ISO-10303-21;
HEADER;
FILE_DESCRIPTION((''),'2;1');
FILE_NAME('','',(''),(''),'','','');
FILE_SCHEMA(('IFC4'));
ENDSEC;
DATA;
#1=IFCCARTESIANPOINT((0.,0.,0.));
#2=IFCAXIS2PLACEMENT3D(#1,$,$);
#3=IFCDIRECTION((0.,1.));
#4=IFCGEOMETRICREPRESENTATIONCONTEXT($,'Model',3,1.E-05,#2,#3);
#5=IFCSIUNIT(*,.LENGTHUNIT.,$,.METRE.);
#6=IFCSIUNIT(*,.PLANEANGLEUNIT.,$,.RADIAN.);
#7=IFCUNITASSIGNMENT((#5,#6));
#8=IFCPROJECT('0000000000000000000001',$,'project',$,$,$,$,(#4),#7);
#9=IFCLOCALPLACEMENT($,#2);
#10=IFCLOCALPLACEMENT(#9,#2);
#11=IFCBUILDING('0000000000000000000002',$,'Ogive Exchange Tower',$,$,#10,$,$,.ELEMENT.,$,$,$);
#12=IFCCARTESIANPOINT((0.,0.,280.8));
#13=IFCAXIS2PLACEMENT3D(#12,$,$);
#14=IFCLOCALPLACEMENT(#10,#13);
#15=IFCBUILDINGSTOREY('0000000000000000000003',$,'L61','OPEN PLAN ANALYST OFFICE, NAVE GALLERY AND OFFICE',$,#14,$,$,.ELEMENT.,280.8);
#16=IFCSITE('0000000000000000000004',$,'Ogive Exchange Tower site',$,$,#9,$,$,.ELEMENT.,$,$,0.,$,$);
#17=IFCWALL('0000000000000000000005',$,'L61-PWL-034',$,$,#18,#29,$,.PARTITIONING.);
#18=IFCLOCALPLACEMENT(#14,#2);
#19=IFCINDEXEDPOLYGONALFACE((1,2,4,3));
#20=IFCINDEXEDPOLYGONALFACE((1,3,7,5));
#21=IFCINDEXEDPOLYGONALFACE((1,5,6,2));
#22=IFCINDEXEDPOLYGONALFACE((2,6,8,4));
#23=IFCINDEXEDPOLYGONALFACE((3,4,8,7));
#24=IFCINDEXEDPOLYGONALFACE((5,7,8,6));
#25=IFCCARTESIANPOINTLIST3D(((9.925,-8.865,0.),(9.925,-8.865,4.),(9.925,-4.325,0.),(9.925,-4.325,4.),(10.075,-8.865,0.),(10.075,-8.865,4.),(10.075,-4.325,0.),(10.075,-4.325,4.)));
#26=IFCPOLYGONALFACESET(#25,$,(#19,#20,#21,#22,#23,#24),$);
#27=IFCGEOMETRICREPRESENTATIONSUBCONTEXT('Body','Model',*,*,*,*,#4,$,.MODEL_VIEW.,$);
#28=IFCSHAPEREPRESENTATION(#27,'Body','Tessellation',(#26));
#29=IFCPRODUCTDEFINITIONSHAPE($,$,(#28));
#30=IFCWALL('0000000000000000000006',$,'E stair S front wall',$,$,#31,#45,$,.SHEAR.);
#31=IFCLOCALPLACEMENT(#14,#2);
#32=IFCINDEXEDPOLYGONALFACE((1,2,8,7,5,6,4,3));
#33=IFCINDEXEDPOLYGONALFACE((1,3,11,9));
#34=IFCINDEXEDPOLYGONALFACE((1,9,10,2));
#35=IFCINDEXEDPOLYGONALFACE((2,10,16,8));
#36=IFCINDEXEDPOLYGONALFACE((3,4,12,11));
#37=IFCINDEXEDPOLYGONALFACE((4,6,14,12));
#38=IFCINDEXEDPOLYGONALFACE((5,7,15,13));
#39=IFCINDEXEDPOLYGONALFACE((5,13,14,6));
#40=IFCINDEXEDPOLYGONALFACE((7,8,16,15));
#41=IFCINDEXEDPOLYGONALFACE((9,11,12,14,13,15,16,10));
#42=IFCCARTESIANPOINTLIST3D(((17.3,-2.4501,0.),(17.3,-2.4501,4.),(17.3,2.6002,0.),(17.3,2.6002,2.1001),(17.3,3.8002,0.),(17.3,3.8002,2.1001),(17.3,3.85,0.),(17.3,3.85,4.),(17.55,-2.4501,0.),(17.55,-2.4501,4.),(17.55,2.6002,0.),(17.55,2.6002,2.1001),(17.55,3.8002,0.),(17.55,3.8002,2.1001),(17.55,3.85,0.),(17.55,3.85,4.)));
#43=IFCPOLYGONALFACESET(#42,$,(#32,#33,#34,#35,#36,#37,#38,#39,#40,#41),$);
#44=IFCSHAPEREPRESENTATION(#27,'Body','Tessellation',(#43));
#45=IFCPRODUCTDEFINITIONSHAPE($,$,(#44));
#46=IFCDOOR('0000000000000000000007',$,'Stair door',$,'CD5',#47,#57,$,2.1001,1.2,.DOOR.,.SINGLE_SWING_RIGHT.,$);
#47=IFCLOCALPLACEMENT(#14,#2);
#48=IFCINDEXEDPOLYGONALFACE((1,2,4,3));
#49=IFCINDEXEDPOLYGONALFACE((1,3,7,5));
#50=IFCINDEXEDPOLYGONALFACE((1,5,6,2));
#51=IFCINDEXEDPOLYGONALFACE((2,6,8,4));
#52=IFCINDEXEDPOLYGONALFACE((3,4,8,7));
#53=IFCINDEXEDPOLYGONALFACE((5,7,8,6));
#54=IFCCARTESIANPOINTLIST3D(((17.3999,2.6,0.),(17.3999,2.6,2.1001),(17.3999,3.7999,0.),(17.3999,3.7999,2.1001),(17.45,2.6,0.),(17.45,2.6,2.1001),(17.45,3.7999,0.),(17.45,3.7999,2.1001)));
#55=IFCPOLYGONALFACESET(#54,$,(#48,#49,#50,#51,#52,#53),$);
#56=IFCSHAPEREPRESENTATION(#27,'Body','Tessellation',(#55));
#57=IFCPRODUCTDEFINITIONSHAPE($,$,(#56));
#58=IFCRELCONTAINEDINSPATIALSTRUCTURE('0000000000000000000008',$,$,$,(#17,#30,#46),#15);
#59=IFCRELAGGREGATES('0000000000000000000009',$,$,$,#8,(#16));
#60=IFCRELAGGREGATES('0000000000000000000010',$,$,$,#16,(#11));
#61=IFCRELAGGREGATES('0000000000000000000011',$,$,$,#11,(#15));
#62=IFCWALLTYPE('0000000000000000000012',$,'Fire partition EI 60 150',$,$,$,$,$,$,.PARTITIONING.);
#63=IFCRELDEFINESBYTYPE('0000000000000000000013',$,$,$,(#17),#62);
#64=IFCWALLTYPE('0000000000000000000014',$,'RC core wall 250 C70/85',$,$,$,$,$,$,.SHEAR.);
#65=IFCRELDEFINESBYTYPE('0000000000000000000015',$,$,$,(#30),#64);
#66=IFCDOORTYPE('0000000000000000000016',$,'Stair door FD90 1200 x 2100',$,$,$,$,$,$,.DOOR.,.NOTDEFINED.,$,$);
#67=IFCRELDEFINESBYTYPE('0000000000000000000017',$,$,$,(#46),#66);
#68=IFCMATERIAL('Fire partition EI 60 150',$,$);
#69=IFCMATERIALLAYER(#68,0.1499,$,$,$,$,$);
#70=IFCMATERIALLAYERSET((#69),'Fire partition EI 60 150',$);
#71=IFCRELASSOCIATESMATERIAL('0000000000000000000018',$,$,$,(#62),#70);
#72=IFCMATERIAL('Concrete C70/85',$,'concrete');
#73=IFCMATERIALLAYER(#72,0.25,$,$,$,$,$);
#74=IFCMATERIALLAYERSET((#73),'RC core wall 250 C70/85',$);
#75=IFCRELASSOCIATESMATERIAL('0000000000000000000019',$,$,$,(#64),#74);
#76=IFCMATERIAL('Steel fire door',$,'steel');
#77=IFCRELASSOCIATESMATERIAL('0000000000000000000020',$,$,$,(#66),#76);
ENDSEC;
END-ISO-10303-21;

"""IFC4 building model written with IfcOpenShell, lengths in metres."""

from ifc_helpers import new_model, si_unit, direction, frame, frame_2d, origin, place, context, subcontext, project, spatial, rectangle, extrude, material, layer, layer_set, type_object, element, fill, save


model = new_model("IFC4")

# Units and contexts
model_context = context("Model", 3, precision=1e-05, world=origin(), true_north=direction((0.0, 1.0)))
body_context = subcontext(model_context, "Body", "Model", "MODEL_VIEW")
ifc_project = project(units=[si_unit("LENGTHUNIT", "METRE"), si_unit("PLANEANGLEUNIT", "RADIAN")], contexts=[model_context])

# Site, building, storey
site_placement = place(None, origin())
site = spatial("IfcSite", under=ifc_project, at=site_placement, Name="Ogive Exchange Tower site", CompositionType="ELEMENT", RefElevation=0.0)
building_placement = place(site_placement, origin())
building = spatial("IfcBuilding", under=site, at=building_placement, Name="Ogive Exchange Tower", CompositionType="ELEMENT")
storey_placement = place(building_placement, frame((0.0, 0.0, 280.8)))
storey = spatial("IfcBuildingStorey", under=building, at=storey_placement, Name="L61", Description="OPEN PLAN ANALYST OFFICE, NAVE GALLERY AND OFFICE", CompositionType="ELEMENT", Elevation=280.8)

# Wall
ifc_material_1 = material(Name="Fire partition EI 60 150")
ifc_layer_1 = layer(ifc_material_1, 0.1499)
ifc_layer_set_1 = layer_set([ifc_layer_1], Name="Fire partition EI 60 150")
wall_type_1 = type_object("IfcWallType", Name="Fire partition EI 60 150", PredefinedType="PARTITIONING", material=ifc_layer_set_1)
wall_1_placement = place(storey_placement, frame((10.0, -4.325, 0.0), z_axis=(0.0, 0.0, 1.0), x_axis=(0.0, -1.0, 0.0)))
element("IfcWall", 1, at=wall_1_placement, inside=storey, type_object=wall_type_1, Name="L61-PWL-034", PredefinedType="PARTITIONING", context=body_context, shape_type="SweptSolid", body=[
    extrude(rectangle(XDim=4.54, YDim=0.1499, at=frame_2d((2.27, 0.0))), origin(), (0.0, 0.0, 1.0), 4.0),
])

# Wall, opening, door
ifc_material_2 = material(Name="Concrete C70/85", Category="concrete")
ifc_layer_2 = layer(ifc_material_2, 0.25)
ifc_layer_set_2 = layer_set([ifc_layer_2], Name="RC core wall 250 C70/85")
wall_type_2 = type_object("IfcWallType", Name="RC core wall 250 C70/85", PredefinedType="SHEAR", material=ifc_layer_set_2)
wall_2_placement = place(storey_placement, frame((17.425, -2.45, 0.0), z_axis=(0.0, 0.0, 1.0), x_axis=(0.0, 1.0, 0.0)))
wall_2 = element("IfcWall", 2, at=wall_2_placement, inside=storey, type_object=wall_type_2, Name="E stair S front wall", PredefinedType="SHEAR", context=body_context, shape_type="SweptSolid", body=[
    extrude(rectangle(XDim=6.3, YDim=0.25, at=frame_2d((3.1499, 0.0))), origin(), (0.0, 0.0, 1.0), 4.0),
])
opening_1_placement = place(wall_2_placement, frame((5.05, 0.0, 0.0)))
opening_1 = element("IfcOpeningElement", 3, at=opening_1_placement, cuts=wall_2, PredefinedType="OPENING", context=body_context, shape_type="SweptSolid", body=[
    extrude(rectangle(XDim=1.2, YDim=2.1001, at=frame_2d((0.6001, 1.05))), frame((0.0, 0.135, 0.0), z_axis=(0.0, -1.0, 0.0), x_axis=(1.0, 0.0, 0.0)), (0.0, 0.0, 1.0), 0.27),
])
ifc_material_3 = material(Name="Steel fire door", Category="steel")
door_type_1 = type_object("IfcDoorType", Name="Stair door FD90 1200 x 2100", OperationType="NOTDEFINED", PredefinedType="DOOR", material=ifc_material_3)
door_1_placement = place(opening_1_placement, frame((1.2, 0.0, 0.0), z_axis=(0.0, 0.0, 1.0), x_axis=(-1.0, 0.0, 0.0)))
door_1 = element("IfcDoor", 4, at=door_1_placement, inside=storey, type_object=door_type_1, Name="Stair door", ObjectType="CD5", OperationType="SINGLE_SWING_RIGHT", OverallHeight=2.1001, OverallWidth=1.2, PredefinedType="DOOR", context=body_context, shape_type="SweptSolid", body=[
    extrude(rectangle(XDim=1.2, YDim=2.1001, at=frame_2d((0.6001, 1.05))), frame((0.0, 0.0249, 0.0), z_axis=(0.0, -1.0, 0.0), x_axis=(1.0, 0.0, 0.0)), (0.0, 0.0, 1.0), 0.05),
])
fill(opening_1, door_1)

save(model, "model.ifc")
